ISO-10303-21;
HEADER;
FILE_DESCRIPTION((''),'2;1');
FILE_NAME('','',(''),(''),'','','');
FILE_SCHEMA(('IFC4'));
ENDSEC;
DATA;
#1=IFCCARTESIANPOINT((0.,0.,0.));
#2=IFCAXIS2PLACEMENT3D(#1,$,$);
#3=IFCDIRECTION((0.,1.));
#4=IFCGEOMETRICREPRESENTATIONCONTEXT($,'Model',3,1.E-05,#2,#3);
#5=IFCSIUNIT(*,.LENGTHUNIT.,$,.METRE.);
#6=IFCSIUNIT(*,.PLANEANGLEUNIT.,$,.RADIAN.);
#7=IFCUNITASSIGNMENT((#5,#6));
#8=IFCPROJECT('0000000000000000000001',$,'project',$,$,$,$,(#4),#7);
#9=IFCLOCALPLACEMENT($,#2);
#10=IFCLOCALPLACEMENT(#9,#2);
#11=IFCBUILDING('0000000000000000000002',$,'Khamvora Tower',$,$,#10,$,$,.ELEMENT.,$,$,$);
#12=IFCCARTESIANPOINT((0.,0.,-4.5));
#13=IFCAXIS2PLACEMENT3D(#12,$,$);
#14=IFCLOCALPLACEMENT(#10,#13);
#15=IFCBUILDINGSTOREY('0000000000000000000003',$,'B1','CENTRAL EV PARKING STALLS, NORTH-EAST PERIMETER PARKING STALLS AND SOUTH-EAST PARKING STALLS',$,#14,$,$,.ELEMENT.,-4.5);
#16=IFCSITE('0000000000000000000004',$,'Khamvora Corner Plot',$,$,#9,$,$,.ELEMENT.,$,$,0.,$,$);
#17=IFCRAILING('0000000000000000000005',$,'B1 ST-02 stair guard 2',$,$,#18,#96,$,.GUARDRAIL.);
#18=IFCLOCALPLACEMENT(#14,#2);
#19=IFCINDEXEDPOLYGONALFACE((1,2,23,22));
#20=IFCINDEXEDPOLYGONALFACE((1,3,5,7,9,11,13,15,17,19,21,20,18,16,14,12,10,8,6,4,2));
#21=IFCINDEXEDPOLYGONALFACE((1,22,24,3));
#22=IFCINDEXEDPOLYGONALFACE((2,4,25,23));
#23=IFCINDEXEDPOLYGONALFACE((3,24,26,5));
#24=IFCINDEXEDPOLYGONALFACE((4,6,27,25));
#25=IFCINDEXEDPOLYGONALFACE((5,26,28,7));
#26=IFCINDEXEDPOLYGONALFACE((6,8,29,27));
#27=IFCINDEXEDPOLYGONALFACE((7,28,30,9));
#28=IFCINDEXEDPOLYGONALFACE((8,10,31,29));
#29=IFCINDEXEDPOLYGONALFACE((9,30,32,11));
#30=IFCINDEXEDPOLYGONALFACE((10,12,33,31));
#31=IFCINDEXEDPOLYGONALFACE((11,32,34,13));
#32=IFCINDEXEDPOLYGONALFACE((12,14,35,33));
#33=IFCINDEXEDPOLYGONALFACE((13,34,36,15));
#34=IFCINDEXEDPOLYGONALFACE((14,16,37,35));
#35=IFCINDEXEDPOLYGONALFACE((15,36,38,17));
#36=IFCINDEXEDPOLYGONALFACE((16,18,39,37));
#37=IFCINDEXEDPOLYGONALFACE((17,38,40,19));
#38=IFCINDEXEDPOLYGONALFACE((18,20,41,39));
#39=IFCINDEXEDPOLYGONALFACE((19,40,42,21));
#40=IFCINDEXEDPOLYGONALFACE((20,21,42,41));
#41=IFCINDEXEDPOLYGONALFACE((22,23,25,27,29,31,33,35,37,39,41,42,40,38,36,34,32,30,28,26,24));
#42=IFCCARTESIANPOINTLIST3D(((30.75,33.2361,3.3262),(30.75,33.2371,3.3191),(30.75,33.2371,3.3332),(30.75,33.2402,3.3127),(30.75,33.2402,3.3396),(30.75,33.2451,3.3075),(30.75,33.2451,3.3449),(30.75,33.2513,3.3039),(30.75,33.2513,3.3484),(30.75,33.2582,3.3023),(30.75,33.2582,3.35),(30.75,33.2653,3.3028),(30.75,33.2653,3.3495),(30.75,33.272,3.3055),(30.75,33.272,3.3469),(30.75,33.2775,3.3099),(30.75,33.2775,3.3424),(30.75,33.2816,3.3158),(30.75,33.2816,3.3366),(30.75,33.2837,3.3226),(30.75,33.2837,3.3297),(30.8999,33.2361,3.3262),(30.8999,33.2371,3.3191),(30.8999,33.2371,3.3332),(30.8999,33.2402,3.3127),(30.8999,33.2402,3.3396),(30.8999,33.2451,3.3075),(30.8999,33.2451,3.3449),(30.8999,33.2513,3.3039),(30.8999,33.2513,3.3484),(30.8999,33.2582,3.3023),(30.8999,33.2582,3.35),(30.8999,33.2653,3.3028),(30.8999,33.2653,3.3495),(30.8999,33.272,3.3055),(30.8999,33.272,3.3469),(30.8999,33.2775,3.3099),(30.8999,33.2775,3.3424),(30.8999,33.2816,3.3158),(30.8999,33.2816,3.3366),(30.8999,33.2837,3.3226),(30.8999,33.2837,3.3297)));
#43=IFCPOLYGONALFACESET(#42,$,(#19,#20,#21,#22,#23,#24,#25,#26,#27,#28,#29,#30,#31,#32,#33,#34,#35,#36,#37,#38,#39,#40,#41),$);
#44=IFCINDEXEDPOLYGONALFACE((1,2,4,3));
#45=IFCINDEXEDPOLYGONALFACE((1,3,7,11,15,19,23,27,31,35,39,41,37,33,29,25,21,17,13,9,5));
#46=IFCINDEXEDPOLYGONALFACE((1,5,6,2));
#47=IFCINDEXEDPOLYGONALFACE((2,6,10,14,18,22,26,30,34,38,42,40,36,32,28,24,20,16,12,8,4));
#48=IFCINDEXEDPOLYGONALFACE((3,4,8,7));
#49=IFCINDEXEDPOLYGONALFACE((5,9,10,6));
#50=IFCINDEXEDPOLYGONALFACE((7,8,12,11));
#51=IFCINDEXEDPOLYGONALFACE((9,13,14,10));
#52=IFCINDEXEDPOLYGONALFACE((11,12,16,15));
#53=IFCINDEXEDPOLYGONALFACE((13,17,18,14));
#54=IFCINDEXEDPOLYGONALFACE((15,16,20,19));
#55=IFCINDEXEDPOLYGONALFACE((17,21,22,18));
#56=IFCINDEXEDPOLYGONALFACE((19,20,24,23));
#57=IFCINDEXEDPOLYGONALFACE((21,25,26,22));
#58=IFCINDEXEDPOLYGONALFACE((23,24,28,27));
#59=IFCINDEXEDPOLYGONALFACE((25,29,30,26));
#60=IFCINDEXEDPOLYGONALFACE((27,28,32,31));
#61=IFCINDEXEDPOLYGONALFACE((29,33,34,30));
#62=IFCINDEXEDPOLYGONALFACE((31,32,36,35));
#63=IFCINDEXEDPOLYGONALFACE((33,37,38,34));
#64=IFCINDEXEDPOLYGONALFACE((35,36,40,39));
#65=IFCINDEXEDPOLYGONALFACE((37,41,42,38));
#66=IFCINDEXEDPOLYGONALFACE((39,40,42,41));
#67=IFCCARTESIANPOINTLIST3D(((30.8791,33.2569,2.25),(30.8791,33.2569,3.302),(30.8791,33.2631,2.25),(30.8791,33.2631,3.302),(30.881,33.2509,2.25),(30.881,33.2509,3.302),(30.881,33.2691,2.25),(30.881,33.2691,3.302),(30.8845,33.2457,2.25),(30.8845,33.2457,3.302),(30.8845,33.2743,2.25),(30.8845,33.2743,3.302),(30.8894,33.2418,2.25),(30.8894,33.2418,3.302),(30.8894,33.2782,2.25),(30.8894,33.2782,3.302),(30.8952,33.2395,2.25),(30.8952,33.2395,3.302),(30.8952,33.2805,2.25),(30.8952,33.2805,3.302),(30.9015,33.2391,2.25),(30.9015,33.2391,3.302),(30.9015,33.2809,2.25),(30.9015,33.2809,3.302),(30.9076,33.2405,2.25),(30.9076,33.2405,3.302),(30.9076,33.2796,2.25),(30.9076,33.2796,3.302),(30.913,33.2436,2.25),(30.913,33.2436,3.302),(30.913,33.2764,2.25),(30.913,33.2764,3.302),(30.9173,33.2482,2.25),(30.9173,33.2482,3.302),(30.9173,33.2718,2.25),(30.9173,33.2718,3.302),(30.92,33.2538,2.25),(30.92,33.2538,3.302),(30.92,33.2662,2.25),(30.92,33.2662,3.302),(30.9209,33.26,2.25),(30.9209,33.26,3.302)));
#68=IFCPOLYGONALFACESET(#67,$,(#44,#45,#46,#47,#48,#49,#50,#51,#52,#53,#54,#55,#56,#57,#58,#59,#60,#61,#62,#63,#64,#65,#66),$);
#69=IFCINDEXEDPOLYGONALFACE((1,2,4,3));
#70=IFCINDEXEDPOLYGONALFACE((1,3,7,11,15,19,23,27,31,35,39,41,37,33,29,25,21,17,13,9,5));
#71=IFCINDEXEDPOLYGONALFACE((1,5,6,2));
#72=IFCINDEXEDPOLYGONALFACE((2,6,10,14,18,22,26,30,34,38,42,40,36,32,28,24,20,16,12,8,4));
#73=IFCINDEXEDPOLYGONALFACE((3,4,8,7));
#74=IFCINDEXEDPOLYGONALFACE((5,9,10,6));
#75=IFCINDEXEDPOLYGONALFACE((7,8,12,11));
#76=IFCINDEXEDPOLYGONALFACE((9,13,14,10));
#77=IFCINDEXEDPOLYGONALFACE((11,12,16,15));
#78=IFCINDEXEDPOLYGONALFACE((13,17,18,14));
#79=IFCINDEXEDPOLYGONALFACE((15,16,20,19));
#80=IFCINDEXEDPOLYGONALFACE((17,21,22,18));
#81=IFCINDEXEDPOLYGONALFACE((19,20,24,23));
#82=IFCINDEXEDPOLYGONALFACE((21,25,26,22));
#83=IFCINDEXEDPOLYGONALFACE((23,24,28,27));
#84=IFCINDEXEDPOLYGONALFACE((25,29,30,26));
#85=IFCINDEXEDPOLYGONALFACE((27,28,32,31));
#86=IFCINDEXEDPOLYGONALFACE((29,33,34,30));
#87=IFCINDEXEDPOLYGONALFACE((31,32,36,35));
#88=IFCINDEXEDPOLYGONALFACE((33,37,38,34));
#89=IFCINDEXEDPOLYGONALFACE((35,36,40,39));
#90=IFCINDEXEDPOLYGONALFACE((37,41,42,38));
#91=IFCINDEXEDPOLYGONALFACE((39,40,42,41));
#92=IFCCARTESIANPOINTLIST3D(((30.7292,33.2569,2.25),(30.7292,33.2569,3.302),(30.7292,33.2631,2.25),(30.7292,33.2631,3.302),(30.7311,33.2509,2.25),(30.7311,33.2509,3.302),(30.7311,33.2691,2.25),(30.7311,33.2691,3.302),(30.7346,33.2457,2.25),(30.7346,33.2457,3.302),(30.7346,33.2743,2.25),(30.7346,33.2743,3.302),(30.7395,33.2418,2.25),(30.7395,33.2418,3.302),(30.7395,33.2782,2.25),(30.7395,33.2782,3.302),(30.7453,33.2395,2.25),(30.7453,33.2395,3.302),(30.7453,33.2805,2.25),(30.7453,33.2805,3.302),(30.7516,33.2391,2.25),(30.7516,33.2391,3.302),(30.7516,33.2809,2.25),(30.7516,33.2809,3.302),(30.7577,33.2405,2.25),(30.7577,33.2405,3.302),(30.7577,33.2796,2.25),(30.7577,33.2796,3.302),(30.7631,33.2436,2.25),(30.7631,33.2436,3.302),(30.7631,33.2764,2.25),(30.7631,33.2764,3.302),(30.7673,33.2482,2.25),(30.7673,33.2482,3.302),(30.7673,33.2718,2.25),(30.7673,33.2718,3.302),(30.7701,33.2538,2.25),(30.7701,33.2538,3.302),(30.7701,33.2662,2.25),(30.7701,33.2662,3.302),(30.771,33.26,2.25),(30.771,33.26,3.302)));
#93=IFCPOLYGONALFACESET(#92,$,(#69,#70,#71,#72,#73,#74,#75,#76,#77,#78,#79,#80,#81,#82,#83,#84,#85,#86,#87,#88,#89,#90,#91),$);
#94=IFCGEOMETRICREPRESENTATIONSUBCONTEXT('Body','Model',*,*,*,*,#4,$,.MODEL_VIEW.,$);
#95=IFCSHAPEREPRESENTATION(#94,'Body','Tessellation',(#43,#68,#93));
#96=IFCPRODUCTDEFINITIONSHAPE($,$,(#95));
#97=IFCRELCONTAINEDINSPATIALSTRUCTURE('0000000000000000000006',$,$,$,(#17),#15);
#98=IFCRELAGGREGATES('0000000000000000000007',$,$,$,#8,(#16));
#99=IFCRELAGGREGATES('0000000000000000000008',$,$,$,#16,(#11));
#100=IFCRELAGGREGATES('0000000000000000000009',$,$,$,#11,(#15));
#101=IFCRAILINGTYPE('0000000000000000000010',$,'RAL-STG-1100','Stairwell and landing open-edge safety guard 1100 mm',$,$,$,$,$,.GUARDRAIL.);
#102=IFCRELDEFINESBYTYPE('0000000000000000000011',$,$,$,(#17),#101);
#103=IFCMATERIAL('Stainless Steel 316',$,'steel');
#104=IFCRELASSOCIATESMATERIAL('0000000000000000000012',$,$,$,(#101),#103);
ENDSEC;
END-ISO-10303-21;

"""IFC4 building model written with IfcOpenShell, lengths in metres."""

from ifc_helpers import new_model, si_unit, direction, frame, origin, origin_2d, place, context, subcontext, project, spatial, circle, extrude, material, type_object, element, save


model = new_model("IFC4")

# Units and contexts
model_context = context("Model", 3, precision=1e-05, world=origin(), true_north=direction((0.0, 1.0)))
body_context = subcontext(model_context, "Body", "Model", "MODEL_VIEW")
ifc_project = project(units=[si_unit("LENGTHUNIT", "METRE"), si_unit("PLANEANGLEUNIT", "RADIAN")], contexts=[model_context])

# Site, building, storey
site_placement = place(None, origin())
site = spatial("IfcSite", under=ifc_project, at=site_placement, Name="Khamvora Corner Plot", CompositionType="ELEMENT", RefElevation=0.0)
building_placement = place(site_placement, origin())
building = spatial("IfcBuilding", under=site, at=building_placement, Name="Khamvora Tower", CompositionType="ELEMENT")
storey_placement = place(building_placement, frame((0.0, 0.0, -4.5)))
storey = spatial("IfcBuildingStorey", under=building, at=storey_placement, Name="B1", Description="CENTRAL EV PARKING STALLS, NORTH-EAST PERIMETER PARKING STALLS AND SOUTH-EAST PARKING STALLS", CompositionType="ELEMENT", Elevation=-4.5)

# Railing
ifc_material_1 = material(Name="Stainless Steel 316", Category="steel")
railing_type_1 = type_object("IfcRailingType", Name="RAL-STG-1100", Description="Stairwell and landing open-edge safety guard 1100 mm", PredefinedType="GUARDRAIL", material=ifc_material_1)
railing_1_placement = place(storey_placement, frame((30.8999, 33.26, 2.25)))
element("IfcRailing", 1, at=railing_1_placement, inside=storey, type_object=railing_type_1, Name="B1 ST-02 stair guard 2", PredefinedType="GUARDRAIL", context=body_context, shape_type="SweptSolid", body=[
    extrude(circle(Radius=0.0239, at=origin_2d()), frame((0.0, 0.0, 1.0762), z_axis=(-1.0, 0.0, 0.0), x_axis=(0.0, -1.0, 0.0)), (0.0, 0.0, 1.0), 0.1499),
    extrude(circle(Radius=0.021, at=origin_2d()), origin(), (0.0, 0.0, 1.0), 1.052),
    extrude(circle(Radius=0.021, at=origin_2d()), frame((-0.1499, 0.0, 0.0)), (0.0, 0.0, 1.0), 1.052),
])

save(model, "model.ifc")
